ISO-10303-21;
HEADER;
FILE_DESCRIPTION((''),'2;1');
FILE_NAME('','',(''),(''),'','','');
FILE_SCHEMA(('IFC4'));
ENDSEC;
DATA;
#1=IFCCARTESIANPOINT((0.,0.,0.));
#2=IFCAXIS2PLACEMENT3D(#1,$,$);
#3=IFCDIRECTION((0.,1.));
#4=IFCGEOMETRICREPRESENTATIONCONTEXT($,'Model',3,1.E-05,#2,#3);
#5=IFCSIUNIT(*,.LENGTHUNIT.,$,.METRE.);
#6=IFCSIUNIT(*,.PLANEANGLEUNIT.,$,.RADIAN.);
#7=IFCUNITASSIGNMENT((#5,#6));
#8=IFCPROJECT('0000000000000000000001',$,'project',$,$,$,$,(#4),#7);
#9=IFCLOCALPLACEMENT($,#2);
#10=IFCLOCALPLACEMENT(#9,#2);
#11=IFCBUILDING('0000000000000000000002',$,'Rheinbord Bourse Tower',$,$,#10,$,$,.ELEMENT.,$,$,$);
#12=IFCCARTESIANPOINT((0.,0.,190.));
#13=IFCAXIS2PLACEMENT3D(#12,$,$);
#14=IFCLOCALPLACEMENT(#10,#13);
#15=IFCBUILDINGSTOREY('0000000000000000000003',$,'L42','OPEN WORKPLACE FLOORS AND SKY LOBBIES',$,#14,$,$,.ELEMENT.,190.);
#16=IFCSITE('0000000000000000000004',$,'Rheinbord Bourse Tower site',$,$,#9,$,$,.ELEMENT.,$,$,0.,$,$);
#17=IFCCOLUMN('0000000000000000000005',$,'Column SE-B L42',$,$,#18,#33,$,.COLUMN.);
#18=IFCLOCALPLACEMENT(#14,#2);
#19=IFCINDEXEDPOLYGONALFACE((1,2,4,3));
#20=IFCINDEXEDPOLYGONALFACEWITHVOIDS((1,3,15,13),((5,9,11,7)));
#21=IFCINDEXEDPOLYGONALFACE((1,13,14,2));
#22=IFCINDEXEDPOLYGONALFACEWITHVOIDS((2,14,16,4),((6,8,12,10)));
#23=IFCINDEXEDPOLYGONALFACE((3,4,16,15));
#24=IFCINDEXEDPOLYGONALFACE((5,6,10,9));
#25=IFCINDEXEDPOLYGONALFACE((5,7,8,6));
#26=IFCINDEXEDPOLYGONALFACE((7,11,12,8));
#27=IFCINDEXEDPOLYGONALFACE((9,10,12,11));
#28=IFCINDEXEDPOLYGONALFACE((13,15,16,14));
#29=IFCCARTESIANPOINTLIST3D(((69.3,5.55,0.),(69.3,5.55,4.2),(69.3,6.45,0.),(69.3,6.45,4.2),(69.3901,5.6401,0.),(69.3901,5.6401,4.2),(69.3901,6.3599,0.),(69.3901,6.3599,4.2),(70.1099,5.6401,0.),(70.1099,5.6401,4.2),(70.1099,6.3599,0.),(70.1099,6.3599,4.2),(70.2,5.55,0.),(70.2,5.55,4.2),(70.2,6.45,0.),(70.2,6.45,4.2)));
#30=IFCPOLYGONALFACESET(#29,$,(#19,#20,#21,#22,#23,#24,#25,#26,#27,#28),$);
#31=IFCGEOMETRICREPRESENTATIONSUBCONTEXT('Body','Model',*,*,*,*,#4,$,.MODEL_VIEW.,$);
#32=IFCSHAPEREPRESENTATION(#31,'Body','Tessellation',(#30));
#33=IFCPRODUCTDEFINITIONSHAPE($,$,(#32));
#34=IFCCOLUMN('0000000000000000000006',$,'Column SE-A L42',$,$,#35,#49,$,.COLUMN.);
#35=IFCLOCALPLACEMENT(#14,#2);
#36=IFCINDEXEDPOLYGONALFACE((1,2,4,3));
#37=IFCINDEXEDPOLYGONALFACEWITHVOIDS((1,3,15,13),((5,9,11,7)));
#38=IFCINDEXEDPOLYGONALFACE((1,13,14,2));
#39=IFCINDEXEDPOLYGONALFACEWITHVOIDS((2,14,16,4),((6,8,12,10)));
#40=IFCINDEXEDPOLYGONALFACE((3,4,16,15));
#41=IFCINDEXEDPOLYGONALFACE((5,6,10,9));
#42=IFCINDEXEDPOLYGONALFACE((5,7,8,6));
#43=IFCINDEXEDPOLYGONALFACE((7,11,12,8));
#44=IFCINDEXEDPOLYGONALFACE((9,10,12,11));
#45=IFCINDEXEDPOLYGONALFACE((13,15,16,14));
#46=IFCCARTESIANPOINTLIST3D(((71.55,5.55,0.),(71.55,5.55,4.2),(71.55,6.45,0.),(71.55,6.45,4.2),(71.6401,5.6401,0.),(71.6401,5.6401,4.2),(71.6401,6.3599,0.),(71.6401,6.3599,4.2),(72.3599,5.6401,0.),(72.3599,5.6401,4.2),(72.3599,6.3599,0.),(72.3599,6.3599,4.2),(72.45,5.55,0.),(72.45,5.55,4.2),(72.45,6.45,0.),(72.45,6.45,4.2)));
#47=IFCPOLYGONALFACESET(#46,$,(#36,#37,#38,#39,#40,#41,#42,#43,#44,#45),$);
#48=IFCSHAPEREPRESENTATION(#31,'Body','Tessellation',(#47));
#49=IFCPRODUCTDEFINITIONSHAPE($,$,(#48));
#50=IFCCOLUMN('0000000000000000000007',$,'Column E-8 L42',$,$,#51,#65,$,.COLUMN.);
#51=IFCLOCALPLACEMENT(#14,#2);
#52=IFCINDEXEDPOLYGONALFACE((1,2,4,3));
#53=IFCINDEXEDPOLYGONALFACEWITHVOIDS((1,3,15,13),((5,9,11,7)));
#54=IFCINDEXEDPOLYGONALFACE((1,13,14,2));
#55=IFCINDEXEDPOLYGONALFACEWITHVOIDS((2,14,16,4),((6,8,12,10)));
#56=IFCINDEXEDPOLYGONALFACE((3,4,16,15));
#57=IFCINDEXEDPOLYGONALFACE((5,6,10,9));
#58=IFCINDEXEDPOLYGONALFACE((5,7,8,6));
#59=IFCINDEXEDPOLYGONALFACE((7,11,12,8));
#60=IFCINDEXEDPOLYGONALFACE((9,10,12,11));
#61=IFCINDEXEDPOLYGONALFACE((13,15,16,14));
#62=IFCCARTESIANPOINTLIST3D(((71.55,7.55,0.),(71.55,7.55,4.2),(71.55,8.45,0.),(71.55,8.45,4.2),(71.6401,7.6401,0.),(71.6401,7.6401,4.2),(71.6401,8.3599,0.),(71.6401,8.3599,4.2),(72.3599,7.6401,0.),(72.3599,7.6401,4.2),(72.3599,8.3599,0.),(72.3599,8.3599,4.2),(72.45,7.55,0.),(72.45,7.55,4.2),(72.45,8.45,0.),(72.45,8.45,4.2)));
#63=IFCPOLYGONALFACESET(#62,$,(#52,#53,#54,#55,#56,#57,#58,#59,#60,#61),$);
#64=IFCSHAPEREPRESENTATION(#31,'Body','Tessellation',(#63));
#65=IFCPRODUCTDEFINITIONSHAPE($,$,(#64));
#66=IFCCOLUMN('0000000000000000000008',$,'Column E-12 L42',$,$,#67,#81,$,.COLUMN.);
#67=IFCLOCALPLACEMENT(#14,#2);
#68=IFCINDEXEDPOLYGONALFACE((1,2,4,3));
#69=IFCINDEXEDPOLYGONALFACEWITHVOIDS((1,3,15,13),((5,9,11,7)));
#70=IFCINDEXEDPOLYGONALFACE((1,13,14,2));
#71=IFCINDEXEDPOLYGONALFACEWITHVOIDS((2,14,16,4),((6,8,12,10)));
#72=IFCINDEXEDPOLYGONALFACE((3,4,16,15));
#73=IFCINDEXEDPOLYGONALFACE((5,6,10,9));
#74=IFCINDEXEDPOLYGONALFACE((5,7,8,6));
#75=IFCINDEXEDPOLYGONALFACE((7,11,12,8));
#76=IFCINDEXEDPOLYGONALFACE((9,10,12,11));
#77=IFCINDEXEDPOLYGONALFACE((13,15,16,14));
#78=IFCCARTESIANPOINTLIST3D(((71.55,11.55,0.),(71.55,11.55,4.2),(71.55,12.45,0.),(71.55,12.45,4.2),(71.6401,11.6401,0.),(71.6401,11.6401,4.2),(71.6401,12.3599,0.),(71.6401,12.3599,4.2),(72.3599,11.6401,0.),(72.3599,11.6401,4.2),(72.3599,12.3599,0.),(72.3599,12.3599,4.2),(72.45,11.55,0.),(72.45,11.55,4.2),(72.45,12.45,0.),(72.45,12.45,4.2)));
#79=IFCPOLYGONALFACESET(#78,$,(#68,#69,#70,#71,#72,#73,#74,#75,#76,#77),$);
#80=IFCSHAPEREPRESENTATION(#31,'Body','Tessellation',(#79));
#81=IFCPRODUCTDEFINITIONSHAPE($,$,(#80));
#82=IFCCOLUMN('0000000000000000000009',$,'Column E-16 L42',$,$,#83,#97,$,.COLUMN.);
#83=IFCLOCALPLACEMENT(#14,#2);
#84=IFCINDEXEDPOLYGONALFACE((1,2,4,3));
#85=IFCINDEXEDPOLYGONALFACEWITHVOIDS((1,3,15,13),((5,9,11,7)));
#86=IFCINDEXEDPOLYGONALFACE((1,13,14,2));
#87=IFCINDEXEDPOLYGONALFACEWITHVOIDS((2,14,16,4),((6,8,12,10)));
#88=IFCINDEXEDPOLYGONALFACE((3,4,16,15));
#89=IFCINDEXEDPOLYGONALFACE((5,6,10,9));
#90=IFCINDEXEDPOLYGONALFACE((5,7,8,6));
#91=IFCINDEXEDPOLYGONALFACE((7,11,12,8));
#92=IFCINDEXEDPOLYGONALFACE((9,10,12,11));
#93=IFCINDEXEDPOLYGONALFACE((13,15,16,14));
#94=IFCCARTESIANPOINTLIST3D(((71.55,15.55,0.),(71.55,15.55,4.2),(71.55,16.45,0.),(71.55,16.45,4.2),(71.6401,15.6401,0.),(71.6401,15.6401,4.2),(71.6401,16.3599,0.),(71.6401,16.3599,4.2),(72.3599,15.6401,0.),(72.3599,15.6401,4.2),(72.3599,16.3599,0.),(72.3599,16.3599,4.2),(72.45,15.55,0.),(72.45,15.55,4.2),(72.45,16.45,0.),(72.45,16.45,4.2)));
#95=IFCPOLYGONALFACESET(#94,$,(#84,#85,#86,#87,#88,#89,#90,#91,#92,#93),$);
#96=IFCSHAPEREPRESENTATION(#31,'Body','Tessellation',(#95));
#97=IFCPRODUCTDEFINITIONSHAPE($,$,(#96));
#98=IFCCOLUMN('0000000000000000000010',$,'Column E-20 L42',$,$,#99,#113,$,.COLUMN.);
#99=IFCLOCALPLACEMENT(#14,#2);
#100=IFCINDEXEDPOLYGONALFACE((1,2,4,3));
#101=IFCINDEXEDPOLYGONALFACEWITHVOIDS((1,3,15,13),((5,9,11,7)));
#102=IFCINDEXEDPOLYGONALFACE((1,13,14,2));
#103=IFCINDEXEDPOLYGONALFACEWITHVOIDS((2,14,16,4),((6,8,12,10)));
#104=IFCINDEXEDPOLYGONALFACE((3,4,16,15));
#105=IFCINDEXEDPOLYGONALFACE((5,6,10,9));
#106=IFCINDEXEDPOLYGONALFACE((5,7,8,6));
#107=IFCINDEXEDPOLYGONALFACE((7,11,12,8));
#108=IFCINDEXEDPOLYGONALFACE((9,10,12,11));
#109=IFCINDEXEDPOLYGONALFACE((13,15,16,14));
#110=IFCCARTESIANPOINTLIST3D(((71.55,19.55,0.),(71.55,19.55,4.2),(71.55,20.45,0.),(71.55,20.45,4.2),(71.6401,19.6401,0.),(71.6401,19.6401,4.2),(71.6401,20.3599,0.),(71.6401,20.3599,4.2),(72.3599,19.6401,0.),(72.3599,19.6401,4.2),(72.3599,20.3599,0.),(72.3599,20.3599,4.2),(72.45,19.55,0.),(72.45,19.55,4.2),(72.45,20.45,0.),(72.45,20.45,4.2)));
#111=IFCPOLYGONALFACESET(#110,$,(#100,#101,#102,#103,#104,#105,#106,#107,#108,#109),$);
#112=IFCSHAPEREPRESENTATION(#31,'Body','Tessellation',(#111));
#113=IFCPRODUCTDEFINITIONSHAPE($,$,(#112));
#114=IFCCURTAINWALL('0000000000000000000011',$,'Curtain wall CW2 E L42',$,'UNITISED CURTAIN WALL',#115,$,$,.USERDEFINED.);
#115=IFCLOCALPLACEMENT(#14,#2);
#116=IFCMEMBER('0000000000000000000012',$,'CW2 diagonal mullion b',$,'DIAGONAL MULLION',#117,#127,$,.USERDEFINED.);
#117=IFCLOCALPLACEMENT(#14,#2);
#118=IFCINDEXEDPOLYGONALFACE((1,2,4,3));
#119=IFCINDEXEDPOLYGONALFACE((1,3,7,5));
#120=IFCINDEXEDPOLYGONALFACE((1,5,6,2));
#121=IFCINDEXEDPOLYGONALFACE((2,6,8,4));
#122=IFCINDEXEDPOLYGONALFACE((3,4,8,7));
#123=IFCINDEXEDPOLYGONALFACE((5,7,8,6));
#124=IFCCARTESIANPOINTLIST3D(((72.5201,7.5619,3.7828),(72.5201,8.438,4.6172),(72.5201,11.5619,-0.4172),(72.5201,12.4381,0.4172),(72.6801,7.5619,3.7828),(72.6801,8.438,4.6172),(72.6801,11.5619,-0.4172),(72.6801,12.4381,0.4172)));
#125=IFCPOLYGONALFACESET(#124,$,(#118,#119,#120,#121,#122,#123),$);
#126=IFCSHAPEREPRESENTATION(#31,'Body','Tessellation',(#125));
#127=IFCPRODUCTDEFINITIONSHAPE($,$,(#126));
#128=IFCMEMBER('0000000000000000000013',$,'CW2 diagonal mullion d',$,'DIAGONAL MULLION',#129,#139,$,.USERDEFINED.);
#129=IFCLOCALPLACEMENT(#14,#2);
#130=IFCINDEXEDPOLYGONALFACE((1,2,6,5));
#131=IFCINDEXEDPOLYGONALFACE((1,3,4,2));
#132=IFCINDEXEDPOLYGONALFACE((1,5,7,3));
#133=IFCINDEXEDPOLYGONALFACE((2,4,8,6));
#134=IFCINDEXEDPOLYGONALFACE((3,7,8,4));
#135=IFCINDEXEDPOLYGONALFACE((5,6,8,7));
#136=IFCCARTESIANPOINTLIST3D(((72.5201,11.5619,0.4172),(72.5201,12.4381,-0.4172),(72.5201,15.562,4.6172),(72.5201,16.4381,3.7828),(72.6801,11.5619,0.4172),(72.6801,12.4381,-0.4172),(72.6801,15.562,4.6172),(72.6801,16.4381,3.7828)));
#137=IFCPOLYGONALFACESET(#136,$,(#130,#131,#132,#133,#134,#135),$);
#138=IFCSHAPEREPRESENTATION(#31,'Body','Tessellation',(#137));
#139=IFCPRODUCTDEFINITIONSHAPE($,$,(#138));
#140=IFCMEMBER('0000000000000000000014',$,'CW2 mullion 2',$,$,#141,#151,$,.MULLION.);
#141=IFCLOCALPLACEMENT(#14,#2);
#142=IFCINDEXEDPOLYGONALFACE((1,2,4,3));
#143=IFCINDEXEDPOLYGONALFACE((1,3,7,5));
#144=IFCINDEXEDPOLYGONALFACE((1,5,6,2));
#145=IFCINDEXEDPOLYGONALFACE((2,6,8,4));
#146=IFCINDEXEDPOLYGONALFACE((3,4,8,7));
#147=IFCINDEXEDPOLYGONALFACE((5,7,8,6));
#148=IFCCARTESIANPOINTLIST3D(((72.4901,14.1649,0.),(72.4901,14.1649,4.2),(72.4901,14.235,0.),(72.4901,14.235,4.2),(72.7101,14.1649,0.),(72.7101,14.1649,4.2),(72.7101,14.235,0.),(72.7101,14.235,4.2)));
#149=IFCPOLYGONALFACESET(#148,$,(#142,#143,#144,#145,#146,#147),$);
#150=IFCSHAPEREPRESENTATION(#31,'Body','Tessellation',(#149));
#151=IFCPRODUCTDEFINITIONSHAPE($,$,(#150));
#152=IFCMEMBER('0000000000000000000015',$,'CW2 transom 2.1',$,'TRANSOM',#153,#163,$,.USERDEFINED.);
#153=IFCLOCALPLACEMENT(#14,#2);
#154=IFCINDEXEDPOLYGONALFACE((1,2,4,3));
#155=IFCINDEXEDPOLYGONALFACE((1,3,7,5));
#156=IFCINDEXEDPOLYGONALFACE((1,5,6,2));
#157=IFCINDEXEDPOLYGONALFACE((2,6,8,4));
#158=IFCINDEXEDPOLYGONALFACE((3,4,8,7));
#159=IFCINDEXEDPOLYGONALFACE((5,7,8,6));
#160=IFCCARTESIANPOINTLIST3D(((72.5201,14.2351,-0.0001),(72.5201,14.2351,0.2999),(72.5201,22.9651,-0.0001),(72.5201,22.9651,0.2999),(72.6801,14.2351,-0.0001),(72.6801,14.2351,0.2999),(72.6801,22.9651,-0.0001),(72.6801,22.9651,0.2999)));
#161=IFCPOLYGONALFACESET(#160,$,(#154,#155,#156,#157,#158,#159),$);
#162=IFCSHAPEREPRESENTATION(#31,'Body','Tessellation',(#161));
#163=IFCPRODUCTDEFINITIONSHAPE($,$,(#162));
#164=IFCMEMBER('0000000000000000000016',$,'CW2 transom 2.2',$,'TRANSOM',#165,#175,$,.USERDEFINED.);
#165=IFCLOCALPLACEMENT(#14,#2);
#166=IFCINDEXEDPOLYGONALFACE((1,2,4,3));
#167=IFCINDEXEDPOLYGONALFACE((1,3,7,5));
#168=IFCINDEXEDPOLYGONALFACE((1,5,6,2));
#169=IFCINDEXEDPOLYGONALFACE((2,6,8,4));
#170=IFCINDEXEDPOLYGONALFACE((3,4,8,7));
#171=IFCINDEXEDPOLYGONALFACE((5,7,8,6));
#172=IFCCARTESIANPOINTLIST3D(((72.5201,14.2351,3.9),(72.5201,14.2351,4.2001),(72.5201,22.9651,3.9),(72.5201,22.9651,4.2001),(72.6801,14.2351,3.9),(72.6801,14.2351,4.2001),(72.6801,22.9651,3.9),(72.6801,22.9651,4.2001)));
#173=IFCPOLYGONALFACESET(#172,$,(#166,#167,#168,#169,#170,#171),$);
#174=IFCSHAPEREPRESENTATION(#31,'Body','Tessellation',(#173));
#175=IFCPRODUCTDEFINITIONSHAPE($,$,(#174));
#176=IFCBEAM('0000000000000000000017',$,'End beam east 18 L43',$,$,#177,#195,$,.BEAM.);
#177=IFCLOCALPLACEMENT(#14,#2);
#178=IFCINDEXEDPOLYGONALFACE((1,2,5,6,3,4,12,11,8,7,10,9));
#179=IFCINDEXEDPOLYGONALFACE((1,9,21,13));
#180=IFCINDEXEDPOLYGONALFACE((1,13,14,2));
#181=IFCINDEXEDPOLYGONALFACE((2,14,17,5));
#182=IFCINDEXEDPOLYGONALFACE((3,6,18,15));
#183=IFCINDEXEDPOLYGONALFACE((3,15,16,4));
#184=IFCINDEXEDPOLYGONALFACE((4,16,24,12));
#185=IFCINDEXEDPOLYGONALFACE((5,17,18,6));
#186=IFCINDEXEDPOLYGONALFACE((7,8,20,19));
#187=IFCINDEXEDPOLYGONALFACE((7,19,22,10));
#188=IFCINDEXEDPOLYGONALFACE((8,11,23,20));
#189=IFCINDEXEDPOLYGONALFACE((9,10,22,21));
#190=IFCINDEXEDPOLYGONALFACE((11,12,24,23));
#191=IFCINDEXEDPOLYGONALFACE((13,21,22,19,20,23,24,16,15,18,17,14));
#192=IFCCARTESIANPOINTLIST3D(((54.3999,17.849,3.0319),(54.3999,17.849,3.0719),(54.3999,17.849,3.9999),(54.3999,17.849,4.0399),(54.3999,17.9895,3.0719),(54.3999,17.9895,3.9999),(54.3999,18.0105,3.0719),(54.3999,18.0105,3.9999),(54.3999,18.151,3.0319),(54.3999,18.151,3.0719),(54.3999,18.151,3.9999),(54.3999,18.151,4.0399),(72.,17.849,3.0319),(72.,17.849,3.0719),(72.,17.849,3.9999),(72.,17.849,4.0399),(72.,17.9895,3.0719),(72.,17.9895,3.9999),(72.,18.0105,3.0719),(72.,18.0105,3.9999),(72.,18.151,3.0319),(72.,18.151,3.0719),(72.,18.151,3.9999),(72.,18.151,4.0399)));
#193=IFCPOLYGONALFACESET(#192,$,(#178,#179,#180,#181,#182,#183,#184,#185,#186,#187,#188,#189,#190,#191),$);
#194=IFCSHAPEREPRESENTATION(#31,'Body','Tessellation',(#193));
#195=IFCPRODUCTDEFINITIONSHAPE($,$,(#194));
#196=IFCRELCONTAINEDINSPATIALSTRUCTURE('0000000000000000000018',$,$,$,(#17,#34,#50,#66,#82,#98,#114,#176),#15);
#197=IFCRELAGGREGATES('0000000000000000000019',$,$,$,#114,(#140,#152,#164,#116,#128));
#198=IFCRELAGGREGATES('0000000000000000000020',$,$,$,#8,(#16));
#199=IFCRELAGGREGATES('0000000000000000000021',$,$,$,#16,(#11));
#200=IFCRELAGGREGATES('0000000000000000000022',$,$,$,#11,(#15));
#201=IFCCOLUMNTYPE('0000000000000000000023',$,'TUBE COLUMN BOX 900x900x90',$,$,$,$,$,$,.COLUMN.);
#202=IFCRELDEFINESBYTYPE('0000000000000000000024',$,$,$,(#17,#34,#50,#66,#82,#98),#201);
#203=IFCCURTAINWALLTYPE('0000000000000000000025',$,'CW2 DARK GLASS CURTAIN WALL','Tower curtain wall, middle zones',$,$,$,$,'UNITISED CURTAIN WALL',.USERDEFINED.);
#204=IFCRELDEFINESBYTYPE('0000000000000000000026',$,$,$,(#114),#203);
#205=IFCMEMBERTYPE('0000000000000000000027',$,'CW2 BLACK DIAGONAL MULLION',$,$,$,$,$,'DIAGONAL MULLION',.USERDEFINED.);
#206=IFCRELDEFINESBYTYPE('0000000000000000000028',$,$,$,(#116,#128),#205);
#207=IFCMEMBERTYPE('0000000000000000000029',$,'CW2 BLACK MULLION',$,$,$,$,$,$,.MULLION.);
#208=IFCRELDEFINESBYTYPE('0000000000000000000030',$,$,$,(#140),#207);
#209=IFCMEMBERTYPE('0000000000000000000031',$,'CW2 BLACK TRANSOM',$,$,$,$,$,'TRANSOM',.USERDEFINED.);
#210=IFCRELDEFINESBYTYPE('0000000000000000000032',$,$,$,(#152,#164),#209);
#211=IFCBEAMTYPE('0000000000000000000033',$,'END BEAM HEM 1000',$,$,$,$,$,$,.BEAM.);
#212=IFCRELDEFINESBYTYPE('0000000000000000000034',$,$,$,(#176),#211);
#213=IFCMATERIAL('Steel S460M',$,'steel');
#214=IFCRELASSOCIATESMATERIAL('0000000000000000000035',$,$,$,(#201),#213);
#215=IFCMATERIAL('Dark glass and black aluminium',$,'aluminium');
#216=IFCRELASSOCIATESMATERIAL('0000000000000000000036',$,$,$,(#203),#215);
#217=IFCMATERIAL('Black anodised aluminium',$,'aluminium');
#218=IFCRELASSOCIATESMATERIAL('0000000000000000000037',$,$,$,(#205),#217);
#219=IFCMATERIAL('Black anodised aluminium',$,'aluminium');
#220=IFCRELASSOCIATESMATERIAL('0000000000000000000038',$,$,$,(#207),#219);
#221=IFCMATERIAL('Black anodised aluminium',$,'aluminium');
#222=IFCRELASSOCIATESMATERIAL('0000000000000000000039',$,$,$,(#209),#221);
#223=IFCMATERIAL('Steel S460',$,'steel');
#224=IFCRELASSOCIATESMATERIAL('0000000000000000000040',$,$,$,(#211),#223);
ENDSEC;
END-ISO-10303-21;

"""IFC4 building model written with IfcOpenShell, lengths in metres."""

from ifc_helpers import new_model, si_unit, direction, frame, origin, origin_2d, place, context, subcontext, project, spatial, rectangle, hollow_rectangle, i_section, extrude, material, material_profile, profile_set, type_object, element, aggregate, save


model = new_model("IFC4")

# Units and contexts
model_context = context("Model", 3, precision=1e-05, world=origin(), true_north=direction((0.0, 1.0)))
body_context = subcontext(model_context, "Body", "Model", "MODEL_VIEW")
ifc_project = project(units=[si_unit("LENGTHUNIT", "METRE"), si_unit("PLANEANGLEUNIT", "RADIAN")], contexts=[model_context])

# Site, building, storey
site_placement = place(None, origin())
site = spatial("IfcSite", under=ifc_project, at=site_placement, Name="Rheinbord Bourse Tower site", CompositionType="ELEMENT", RefElevation=0.0)
building_placement = place(site_placement, origin())
building = spatial("IfcBuilding", under=site, at=building_placement, Name="Rheinbord Bourse Tower", CompositionType="ELEMENT")
storey_placement = place(building_placement, frame((0.0, 0.0, 190.0)))
storey = spatial("IfcBuildingStorey", under=building, at=storey_placement, Name="L42", Description="OPEN WORKPLACE FLOORS AND SKY LOBBIES", CompositionType="ELEMENT", Elevation=190.0)

# Columns
ifc_material_1 = material(Name="Steel S460M", Category="steel")
ifc_material_profile_1 = material_profile(ifc_material_1, hollow_rectangle(XDim=0.8999, YDim=0.8999, WallThickness=0.0901, at=origin_2d()), Name="BOX 900x900x90")
ifc_profile_set_1 = profile_set([ifc_material_profile_1], Name="Steel S460M")
column_type = type_object("IfcColumnType", Name="TUBE COLUMN BOX 900x900x90", PredefinedType="COLUMN", material=ifc_profile_set_1)
for number, where, z_axis, x_axis, name in (
    (1, (69.75, 6.0, 0.0), (0.0, 0.0, 1.0), (1.0, 0.0, 0.0), "Column SE-B L42"),
    (2, (72.0, 6.0, 0.0), (0.0, 0.0, 1.0), (1.0, 0.0, 0.0), "Column SE-A L42"),
    (3, (72.0, 8.0, 0.0), (0.0, 0.0, 1.0), (1.0, 0.0, 0.0), "Column E-8 L42"),
    (4, (72.0, 12.0, 0.0), (0.0, 0.0, 1.0), (1.0, 0.0, 0.0), "Column E-12 L42"),
    (5, (72.0, 16.0, 0.0), (0.0, 0.0, 1.0), (1.0, 0.0, 0.0), "Column E-16 L42"),
    (6, (72.0, 20.0, 0.0), (0.0, 0.0, 1.0), (1.0, 0.0, 0.0), "Column E-20 L42"),
):
    element("IfcColumn", number, at=place(storey_placement, frame(where, z_axis=z_axis, x_axis=x_axis)), inside=storey, type_object=column_type, Name=name, PredefinedType="COLUMN", context=body_context, shape_type="SweptSolid", body=[
        extrude(hollow_rectangle(XDim=0.8999, YDim=0.8999, WallThickness=0.0901, at=origin_2d()), origin(), (0.0, 0.0, 1.0), 4.2),
    ])

# Curtain wall, members
ifc_material_2 = material(Name="Dark glass and black aluminium", Category="aluminium")
curtain_wall_type = type_object("IfcCurtainWallType", Name="CW2 DARK GLASS CURTAIN WALL", Description="Tower curtain wall, middle zones", ElementType="UNITISED CURTAIN WALL", PredefinedType="USERDEFINED", material=ifc_material_2)
curtain_wall_placement = place(storey_placement, origin())
curtain_wall = element("IfcCurtainWall", 7, at=curtain_wall_placement, inside=storey, type_object=curtain_wall_type, Name="Curtain wall CW2 E L42", ObjectType="UNITISED CURTAIN WALL", PredefinedType="USERDEFINED")
ifc_material_3 = material(Name="Black anodised aluminium", Category="aluminium")
ifc_material_profile_2 = material_profile(ifc_material_3, rectangle(XDim=0.1599, YDim=1.21, at=origin_2d()), Name="CW2 DIAGONAL MULLION 1210x160")
ifc_profile_set_2 = profile_set([ifc_material_profile_2], Name="Black anodised aluminium")
member_type_1 = type_object("IfcMemberType", Name="CW2 BLACK DIAGONAL MULLION", ElementType="DIAGONAL MULLION", PredefinedType="USERDEFINED", material=ifc_profile_set_2)
member_1_placement = place(storey_placement, frame((72.6001, 12.0, 0.0), z_axis=(0.0, -0.689659, 0.724134), x_axis=(1.0, 0.0, 0.0)))
member_1 = element("IfcMember", 8, at=member_1_placement, type_object=member_type_1, Name="CW2 diagonal mullion b", ObjectType="DIAGONAL MULLION", PredefinedType="USERDEFINED", context=body_context, shape_type="SweptSolid", body=[
    extrude(rectangle(XDim=0.1599, YDim=1.21, at=origin_2d()), origin(), (0.0, 0.0, 1.0), 5.8),
])
member_2_placement = place(storey_placement, frame((72.6001, 12.0, 0.0), z_axis=(0.0, 0.689659, 0.724134), x_axis=(-1.0, 0.0, 0.0)))
member_2 = element("IfcMember", 9, at=member_2_placement, type_object=member_type_1, Name="CW2 diagonal mullion d", ObjectType="DIAGONAL MULLION", PredefinedType="USERDEFINED", context=body_context, shape_type="SweptSolid", body=[
    extrude(rectangle(XDim=0.1599, YDim=1.21, at=origin_2d()), origin(), (0.0, 0.0, 1.0), 5.8),
])
ifc_material_4 = material(Name="Black anodised aluminium", Category="aluminium")
ifc_material_profile_3 = material_profile(ifc_material_4, rectangle(XDim=0.22, YDim=0.0701, at=origin_2d()), Name="CW2 MULLION 70x220")
ifc_profile_set_3 = profile_set([ifc_material_profile_3], Name="Black anodised aluminium")
member_type_2 = type_object("IfcMemberType", Name="CW2 BLACK MULLION", PredefinedType="MULLION", material=ifc_profile_set_3)
member_3_placement = place(storey_placement, frame((72.6001, 14.2, 0.0), z_axis=(0.0, 0.0, 1.0), x_axis=(-1.0, 0.0, 0.0)))
member_3 = element("IfcMember", 10, at=member_3_placement, type_object=member_type_2, Name="CW2 mullion 2", PredefinedType="MULLION", context=body_context, shape_type="SweptSolid", body=[
    extrude(rectangle(XDim=0.22, YDim=0.0701, at=origin_2d()), origin(), (0.0, 0.0, 1.0), 4.2),
])
ifc_material_5 = material(Name="Black anodised aluminium", Category="aluminium")
ifc_material_profile_4 = material_profile(ifc_material_5, rectangle(XDim=0.1599, YDim=0.3, at=origin_2d()), Name="CW2 TRANSOM 300x160")
ifc_profile_set_4 = profile_set([ifc_material_profile_4], Name="Black anodised aluminium")
member_type_3 = type_object("IfcMemberType", Name="CW2 BLACK TRANSOM", ElementType="TRANSOM", PredefinedType="USERDEFINED", material=ifc_profile_set_4)
member_4_placement = place(storey_placement, frame((72.6001, 14.2351, 0.1499), z_axis=(0.0, 1.0, 0.0), x_axis=(-1.0, 0.0, 0.0)))
member_4 = element("IfcMember", 11, at=member_4_placement, type_object=member_type_3, Name="CW2 transom 2.1", ObjectType="TRANSOM", PredefinedType="USERDEFINED", context=body_context, shape_type="SweptSolid", body=[
    extrude(rectangle(XDim=0.1599, YDim=0.3, at=origin_2d()), origin(), (0.0, 0.0, 1.0), 8.73),
])
member_5_placement = place(storey_placement, frame((72.6001, 14.2351, 4.05), z_axis=(0.0, 1.0, 0.0), x_axis=(-1.0, 0.0, 0.0)))
member_5 = element("IfcMember", 12, at=member_5_placement, type_object=member_type_3, Name="CW2 transom 2.2", ObjectType="TRANSOM", PredefinedType="USERDEFINED", context=body_context, shape_type="SweptSolid", body=[
    extrude(rectangle(XDim=0.1599, YDim=0.3, at=origin_2d()), origin(), (0.0, 0.0, 1.0), 8.73),
])

# Beam
ifc_material_6 = material(Name="Steel S460", Category="steel")
ifc_material_profile_5 = material_profile(ifc_material_6, i_section(OverallWidth=0.302, OverallDepth=1.0081, WebThickness=0.021, FlangeThickness=0.04, at=origin_2d()), Name="HEM 1000")
ifc_profile_set_5 = profile_set([ifc_material_profile_5], Name="Steel S460")
beam_type_1 = type_object("IfcBeamType", Name="END BEAM HEM 1000", PredefinedType="BEAM", material=ifc_profile_set_5)
for number, where, z_axis, x_axis, name in (
    (13, (54.3999, 18.0, 3.5359), (1.0, 0.0, 0.0), (0.0, 1.0, 0.0), "End beam east 18 L43"),
):
    element("IfcBeam", number, at=place(storey_placement, frame(where, z_axis=z_axis, x_axis=x_axis)), inside=storey, type_object=beam_type_1, Name=name, PredefinedType="BEAM", context=body_context, shape_type="SweptSolid", body=[
        extrude(i_section(OverallWidth=0.302, OverallDepth=1.0081, WebThickness=0.021, FlangeThickness=0.04, at=origin_2d()), origin(), (0.0, 0.0, 1.0), 17.6001),
    ])

aggregate(curtain_wall, [member_3, member_4, member_5, member_1, member_2])

save(model, "model.ifc")
